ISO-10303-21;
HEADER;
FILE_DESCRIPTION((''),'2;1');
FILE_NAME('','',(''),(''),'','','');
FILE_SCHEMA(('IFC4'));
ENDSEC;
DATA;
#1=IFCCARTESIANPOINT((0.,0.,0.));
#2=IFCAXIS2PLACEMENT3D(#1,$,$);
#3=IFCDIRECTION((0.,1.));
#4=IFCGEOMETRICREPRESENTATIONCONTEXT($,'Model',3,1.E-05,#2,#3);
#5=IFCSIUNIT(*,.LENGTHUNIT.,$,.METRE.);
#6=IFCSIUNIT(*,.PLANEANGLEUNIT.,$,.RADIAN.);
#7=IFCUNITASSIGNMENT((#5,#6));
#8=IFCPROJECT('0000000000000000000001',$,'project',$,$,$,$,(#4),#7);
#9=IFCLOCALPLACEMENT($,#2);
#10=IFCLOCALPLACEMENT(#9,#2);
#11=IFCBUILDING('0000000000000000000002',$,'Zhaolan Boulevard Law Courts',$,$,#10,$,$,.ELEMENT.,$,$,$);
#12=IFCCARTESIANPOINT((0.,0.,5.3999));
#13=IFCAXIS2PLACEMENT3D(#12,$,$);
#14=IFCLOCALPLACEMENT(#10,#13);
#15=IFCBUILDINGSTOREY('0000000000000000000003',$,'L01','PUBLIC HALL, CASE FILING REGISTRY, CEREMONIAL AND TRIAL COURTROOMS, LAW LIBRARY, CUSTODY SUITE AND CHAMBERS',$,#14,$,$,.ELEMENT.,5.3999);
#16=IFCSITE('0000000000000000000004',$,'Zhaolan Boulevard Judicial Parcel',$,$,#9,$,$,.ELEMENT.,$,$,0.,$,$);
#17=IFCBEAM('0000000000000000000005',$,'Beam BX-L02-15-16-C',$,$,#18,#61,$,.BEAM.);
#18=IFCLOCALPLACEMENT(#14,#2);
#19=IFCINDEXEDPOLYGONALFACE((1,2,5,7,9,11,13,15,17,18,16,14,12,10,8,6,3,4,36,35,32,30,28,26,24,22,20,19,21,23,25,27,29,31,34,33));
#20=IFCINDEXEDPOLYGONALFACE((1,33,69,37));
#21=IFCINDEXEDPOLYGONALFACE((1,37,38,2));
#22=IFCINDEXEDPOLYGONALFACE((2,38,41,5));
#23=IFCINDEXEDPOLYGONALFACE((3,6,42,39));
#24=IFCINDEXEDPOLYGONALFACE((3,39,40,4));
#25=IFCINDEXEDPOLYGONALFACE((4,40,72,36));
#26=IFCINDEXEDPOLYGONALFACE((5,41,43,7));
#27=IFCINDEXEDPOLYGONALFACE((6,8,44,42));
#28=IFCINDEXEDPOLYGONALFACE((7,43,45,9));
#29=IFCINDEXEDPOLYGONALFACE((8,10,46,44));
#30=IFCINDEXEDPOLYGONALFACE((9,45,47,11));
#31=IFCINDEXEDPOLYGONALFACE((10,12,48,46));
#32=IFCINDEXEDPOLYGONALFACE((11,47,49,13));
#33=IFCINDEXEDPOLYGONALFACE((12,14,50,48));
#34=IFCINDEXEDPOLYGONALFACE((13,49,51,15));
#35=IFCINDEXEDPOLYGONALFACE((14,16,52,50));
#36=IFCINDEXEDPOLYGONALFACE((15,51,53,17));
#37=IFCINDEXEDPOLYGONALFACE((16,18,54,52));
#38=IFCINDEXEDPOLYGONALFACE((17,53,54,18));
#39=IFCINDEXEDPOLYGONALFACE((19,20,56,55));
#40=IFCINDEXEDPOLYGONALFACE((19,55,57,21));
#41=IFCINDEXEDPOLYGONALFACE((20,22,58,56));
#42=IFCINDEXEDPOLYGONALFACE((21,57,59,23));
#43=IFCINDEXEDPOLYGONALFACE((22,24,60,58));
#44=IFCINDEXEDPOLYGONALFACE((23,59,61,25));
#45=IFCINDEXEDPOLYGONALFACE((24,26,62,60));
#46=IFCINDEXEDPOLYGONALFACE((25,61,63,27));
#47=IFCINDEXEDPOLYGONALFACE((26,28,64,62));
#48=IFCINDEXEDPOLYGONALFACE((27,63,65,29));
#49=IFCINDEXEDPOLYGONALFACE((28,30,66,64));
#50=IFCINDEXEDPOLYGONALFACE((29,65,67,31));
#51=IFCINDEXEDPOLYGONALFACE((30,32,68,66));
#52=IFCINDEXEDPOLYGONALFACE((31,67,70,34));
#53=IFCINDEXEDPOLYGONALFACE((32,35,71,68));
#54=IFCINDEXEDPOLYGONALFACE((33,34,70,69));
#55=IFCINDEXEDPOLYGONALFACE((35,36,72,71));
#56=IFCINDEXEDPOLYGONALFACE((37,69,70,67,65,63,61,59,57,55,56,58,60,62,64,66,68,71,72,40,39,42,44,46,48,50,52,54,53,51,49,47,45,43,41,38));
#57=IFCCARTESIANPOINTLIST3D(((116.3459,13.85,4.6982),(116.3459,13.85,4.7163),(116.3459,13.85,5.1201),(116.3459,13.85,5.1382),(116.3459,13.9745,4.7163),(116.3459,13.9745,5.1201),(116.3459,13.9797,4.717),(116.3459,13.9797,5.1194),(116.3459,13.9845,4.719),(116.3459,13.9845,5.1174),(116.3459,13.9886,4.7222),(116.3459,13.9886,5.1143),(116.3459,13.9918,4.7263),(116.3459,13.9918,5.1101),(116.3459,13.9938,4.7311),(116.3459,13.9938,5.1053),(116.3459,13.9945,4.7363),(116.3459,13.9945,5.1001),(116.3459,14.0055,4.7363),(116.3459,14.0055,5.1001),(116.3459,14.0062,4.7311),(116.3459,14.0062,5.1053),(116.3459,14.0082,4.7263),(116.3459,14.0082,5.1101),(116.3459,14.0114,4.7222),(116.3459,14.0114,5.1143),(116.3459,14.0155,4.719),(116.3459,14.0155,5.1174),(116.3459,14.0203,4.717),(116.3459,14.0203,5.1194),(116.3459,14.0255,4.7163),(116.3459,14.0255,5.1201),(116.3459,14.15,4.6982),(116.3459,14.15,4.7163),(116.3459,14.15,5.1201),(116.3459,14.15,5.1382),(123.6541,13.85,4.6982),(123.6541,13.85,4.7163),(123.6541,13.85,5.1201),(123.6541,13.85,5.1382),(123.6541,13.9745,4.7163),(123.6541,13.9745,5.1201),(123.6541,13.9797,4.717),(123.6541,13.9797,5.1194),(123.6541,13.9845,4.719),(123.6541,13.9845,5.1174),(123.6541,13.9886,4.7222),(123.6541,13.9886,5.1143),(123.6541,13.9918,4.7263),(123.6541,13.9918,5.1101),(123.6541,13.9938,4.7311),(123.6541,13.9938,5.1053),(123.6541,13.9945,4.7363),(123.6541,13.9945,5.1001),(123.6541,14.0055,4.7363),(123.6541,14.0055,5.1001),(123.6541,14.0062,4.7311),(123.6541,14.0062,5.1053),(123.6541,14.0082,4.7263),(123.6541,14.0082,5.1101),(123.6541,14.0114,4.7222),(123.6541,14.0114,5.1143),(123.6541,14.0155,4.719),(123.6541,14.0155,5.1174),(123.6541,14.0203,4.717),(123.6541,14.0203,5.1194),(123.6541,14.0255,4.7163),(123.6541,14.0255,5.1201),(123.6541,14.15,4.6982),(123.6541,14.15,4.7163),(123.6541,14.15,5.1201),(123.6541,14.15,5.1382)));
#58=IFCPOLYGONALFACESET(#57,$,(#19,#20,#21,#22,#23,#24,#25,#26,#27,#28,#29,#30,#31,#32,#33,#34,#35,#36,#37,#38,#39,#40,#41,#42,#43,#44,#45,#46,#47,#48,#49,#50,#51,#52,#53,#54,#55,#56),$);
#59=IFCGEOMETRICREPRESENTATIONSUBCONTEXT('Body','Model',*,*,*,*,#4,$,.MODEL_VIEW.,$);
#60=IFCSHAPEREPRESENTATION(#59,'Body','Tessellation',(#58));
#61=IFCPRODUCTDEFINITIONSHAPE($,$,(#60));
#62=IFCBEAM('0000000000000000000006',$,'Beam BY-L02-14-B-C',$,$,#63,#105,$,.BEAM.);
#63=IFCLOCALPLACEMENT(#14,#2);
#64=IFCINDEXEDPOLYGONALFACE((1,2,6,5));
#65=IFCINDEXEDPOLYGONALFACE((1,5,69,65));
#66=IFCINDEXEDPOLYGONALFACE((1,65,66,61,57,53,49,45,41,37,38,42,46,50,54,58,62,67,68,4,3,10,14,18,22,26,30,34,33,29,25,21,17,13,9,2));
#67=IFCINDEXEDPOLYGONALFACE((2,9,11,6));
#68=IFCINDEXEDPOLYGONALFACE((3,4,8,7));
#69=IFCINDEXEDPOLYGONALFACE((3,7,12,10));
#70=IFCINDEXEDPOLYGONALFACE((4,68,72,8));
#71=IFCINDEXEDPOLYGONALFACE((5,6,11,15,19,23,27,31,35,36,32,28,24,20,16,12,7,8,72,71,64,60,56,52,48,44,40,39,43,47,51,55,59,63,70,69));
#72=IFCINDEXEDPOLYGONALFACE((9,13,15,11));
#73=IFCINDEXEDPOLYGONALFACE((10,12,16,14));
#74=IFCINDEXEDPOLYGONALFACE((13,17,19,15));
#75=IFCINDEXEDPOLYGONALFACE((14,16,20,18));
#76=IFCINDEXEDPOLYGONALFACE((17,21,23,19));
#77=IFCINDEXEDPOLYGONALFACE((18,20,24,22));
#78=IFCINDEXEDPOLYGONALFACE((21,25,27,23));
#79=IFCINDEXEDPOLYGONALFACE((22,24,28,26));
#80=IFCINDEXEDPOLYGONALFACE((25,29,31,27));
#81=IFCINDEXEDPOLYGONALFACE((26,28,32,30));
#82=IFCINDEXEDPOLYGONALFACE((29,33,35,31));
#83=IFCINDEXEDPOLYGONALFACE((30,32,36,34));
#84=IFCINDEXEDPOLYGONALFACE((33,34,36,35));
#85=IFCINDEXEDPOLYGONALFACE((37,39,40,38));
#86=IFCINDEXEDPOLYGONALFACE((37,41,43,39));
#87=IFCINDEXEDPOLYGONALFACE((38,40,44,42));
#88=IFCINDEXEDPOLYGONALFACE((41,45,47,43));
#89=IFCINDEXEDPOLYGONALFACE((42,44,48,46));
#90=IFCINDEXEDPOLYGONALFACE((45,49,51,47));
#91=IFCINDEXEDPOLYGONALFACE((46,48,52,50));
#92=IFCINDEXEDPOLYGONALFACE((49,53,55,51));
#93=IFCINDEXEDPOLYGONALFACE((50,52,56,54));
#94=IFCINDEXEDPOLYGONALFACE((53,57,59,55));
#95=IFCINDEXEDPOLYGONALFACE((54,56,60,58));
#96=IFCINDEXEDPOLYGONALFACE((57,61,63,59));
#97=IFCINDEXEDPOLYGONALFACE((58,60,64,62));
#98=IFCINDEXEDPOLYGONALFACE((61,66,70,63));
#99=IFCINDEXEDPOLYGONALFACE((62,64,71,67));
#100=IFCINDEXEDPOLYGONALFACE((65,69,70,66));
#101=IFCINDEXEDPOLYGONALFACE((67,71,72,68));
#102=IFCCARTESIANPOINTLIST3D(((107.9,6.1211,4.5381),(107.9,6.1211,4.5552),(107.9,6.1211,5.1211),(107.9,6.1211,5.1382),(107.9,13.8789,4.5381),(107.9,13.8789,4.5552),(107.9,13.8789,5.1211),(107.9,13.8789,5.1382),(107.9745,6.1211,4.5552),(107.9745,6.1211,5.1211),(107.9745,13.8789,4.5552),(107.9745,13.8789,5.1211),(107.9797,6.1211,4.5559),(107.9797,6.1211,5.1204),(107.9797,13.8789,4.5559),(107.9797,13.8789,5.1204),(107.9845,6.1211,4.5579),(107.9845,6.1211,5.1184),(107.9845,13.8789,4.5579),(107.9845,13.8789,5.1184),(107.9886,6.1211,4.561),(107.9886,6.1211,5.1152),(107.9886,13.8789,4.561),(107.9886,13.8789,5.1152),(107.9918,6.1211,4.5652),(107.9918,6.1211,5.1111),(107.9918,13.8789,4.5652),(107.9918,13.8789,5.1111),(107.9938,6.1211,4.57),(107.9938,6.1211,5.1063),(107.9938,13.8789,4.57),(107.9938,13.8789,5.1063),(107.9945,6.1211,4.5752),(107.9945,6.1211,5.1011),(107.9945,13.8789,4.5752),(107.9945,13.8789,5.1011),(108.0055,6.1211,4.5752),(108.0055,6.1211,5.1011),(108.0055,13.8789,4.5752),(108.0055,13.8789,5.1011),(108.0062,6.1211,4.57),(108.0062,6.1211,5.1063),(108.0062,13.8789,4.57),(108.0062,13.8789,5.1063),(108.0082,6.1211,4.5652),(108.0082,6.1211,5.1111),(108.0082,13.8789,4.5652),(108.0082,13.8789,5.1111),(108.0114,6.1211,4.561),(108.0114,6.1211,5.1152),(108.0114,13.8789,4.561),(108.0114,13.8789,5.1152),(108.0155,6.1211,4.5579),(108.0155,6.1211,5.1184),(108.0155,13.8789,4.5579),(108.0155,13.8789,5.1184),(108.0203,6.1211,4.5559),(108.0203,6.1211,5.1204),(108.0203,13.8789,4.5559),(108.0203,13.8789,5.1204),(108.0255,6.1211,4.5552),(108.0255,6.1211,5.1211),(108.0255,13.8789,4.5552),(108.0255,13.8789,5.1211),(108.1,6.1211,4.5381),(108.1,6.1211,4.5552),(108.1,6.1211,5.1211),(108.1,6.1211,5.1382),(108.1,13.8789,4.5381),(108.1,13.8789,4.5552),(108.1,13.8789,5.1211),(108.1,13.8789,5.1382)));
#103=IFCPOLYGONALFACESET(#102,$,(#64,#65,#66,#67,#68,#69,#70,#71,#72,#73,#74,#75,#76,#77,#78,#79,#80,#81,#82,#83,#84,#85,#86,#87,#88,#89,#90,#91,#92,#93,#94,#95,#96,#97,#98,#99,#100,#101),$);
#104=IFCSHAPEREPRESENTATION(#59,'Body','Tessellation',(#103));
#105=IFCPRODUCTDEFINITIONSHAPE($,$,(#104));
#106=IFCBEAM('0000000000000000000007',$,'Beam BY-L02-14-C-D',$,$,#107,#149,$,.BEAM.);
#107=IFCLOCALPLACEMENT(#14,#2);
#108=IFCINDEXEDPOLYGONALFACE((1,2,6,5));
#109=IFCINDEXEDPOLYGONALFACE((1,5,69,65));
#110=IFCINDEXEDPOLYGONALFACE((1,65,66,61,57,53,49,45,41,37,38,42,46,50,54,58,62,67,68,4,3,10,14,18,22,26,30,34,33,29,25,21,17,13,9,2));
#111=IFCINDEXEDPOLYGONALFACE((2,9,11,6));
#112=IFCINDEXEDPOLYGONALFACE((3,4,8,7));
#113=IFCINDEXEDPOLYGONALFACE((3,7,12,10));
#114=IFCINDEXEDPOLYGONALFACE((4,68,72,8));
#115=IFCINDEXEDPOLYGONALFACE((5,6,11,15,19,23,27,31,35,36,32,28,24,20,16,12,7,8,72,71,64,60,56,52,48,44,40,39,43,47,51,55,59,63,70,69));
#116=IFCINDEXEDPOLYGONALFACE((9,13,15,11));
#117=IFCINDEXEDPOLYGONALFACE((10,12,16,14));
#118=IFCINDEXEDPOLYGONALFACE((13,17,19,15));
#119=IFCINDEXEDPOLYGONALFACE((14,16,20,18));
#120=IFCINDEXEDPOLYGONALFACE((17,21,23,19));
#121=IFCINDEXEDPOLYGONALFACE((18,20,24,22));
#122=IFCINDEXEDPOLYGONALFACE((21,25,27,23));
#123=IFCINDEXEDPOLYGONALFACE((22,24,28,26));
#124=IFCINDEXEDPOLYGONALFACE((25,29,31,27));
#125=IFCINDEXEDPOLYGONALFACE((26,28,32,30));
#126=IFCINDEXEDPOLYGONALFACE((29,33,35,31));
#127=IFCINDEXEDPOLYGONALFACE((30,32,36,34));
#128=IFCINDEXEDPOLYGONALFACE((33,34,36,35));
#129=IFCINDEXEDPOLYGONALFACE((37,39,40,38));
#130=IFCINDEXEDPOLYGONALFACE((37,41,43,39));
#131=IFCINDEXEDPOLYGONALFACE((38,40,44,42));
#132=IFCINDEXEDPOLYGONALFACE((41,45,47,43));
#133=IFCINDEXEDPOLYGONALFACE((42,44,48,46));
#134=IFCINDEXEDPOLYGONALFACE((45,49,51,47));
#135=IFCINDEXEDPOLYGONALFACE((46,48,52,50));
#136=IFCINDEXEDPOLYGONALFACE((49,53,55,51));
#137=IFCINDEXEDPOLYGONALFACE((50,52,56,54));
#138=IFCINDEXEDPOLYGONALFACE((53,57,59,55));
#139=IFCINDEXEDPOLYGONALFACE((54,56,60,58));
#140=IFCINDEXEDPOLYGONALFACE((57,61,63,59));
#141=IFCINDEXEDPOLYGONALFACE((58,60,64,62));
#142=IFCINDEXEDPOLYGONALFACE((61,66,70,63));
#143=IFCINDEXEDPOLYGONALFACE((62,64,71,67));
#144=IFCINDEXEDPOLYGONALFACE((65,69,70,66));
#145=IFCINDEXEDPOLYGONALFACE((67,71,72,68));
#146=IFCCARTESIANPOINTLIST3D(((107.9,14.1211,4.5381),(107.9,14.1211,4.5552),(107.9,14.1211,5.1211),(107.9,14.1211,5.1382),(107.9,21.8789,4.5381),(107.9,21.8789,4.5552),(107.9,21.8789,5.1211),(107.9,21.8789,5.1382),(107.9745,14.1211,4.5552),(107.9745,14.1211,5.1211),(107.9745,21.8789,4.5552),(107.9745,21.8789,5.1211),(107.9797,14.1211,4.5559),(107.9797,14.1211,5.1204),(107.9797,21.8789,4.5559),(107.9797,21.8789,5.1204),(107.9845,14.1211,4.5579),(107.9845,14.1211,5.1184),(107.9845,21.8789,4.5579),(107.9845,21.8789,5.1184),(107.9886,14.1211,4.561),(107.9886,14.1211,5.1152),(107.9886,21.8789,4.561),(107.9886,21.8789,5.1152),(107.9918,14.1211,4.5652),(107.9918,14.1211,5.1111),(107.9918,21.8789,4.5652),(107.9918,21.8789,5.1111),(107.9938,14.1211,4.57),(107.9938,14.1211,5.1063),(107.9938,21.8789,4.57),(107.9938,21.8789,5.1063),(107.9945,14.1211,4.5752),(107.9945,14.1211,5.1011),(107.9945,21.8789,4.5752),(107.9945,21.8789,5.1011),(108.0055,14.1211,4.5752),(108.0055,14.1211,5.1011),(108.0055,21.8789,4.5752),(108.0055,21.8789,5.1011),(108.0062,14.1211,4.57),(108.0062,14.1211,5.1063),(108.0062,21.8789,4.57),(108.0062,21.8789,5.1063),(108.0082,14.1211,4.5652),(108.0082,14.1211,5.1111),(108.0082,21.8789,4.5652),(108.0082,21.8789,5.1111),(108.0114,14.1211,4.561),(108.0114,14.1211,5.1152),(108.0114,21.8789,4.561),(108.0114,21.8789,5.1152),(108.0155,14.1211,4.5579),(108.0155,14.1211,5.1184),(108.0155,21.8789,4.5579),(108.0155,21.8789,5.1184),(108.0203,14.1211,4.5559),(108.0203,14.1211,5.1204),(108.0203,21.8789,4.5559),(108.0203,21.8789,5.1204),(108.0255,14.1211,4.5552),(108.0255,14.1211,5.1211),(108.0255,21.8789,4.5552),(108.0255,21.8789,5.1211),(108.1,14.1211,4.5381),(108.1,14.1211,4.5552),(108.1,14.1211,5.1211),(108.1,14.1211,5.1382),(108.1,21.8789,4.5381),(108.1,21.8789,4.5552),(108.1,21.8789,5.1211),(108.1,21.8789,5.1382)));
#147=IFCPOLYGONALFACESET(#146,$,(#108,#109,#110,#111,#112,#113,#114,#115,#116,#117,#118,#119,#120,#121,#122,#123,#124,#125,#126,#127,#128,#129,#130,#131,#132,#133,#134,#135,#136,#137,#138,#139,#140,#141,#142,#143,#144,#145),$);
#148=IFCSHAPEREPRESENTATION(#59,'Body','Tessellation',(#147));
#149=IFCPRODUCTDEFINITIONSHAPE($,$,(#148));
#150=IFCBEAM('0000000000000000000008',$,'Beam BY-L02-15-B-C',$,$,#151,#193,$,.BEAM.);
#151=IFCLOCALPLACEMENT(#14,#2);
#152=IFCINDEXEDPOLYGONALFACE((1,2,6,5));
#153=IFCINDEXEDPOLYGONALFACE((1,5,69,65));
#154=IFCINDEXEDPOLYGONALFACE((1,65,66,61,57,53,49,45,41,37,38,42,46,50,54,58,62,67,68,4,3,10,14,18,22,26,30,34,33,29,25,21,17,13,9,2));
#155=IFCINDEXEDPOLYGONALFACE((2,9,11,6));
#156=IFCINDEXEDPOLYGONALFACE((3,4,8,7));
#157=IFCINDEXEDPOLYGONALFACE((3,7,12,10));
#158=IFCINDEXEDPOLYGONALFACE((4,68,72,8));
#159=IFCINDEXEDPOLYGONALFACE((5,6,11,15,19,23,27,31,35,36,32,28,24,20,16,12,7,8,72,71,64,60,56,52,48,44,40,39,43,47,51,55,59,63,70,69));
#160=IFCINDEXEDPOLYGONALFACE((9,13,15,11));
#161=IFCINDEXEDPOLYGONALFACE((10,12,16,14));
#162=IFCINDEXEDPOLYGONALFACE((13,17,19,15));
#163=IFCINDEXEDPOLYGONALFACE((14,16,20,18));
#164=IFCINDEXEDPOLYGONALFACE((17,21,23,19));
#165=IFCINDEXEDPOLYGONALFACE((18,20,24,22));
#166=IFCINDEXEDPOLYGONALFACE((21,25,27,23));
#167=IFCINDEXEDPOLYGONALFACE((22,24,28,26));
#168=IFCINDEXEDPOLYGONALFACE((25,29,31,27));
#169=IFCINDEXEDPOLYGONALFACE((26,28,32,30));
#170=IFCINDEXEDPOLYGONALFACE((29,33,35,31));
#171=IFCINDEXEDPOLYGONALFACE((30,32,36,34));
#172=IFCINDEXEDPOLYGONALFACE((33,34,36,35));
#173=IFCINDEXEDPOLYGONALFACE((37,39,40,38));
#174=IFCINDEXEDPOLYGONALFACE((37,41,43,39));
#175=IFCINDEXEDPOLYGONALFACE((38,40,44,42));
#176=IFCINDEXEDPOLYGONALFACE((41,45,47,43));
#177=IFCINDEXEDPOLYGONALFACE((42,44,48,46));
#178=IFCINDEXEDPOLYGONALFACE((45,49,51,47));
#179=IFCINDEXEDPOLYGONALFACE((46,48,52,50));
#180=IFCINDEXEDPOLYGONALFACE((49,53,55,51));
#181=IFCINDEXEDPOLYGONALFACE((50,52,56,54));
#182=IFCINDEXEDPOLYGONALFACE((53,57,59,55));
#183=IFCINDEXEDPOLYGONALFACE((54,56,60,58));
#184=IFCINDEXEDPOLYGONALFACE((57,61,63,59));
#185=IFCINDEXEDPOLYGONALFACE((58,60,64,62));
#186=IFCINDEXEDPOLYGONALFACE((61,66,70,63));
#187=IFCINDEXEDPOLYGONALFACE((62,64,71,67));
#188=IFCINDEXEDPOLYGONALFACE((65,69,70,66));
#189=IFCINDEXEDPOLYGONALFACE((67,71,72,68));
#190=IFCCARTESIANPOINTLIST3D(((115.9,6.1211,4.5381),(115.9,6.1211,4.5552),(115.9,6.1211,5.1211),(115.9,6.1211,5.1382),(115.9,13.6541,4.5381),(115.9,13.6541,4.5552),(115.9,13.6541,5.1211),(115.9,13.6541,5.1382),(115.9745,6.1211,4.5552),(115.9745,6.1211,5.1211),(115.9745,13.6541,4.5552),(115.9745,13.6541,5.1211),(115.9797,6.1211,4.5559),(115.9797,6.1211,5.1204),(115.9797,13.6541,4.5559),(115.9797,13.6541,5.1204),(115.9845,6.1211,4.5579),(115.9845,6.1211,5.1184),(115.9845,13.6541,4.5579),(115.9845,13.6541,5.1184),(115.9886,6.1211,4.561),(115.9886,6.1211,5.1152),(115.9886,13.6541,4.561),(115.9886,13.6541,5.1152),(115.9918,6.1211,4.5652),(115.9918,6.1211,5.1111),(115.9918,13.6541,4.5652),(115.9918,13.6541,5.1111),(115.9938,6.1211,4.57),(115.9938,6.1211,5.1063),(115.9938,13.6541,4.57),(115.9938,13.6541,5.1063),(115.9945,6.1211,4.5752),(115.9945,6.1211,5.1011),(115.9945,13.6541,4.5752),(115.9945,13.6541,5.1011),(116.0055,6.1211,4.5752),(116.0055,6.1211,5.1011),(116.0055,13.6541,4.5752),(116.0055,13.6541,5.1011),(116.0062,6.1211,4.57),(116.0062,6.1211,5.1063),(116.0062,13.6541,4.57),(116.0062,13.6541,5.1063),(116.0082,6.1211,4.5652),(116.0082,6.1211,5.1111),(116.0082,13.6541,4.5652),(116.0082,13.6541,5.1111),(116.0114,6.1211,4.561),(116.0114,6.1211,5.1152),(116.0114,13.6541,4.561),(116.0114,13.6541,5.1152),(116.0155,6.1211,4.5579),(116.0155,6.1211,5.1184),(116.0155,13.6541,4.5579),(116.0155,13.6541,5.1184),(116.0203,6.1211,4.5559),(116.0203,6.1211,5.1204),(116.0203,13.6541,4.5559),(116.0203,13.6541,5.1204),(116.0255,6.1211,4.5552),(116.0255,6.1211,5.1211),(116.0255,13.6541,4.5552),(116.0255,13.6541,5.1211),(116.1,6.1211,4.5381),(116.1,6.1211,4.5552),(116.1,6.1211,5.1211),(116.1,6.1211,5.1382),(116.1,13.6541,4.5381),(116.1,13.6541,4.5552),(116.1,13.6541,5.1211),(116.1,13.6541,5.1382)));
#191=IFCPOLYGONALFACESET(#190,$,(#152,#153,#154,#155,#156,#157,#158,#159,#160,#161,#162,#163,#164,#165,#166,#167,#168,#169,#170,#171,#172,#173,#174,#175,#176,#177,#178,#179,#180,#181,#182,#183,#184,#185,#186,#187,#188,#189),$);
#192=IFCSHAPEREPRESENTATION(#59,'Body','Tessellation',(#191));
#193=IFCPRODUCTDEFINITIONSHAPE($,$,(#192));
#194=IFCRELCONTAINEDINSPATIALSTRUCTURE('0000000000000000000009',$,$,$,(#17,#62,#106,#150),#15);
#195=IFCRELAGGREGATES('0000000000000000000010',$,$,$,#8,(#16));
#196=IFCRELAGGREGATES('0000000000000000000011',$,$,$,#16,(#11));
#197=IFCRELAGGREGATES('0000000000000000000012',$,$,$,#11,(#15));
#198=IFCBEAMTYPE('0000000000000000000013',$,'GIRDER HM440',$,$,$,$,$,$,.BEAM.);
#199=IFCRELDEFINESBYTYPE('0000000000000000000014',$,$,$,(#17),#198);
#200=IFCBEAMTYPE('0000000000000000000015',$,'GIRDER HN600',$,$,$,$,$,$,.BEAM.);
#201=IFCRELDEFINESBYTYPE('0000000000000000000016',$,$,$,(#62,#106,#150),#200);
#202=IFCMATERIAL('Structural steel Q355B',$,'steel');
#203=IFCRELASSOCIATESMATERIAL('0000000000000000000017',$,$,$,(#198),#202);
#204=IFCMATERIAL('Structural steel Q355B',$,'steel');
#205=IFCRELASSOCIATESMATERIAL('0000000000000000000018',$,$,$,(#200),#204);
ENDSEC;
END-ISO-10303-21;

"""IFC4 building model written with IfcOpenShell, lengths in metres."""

from ifc_helpers import new_model, si_unit, direction, frame, origin, origin_2d, place, context, subcontext, project, spatial, i_section, extrude, material, material_profile, profile_set, type_object, element, save


model = new_model("IFC4")

# Units and contexts
model_context = context("Model", 3, precision=1e-05, world=origin(), true_north=direction((0.0, 1.0)))
body_context = subcontext(model_context, "Body", "Model", "MODEL_VIEW")
ifc_project = project(units=[si_unit("LENGTHUNIT", "METRE"), si_unit("PLANEANGLEUNIT", "RADIAN")], contexts=[model_context])

# Site, building, storey
site_placement = place(None, origin())
site = spatial("IfcSite", under=ifc_project, at=site_placement, Name="Zhaolan Boulevard Judicial Parcel", CompositionType="ELEMENT", RefElevation=0.0)
building_placement = place(site_placement, origin())
building = spatial("IfcBuilding", under=site, at=building_placement, Name="Zhaolan Boulevard Law Courts", CompositionType="ELEMENT")
storey_placement = place(building_placement, frame((0.0, 0.0, 5.3999)))
storey = spatial("IfcBuildingStorey", under=building, at=storey_placement, Name="L01", Description="PUBLIC HALL, CASE FILING REGISTRY, CEREMONIAL AND TRIAL COURTROOMS, LAW LIBRARY, CUSTODY SUITE AND CHAMBERS", CompositionType="ELEMENT", Elevation=5.3999)

# Beams
ifc_material_1 = material(Name="Structural steel Q355B", Category="steel")
ifc_material_profile_1 = material_profile(ifc_material_1, i_section(OverallWidth=0.3, OverallDepth=0.4399, WebThickness=0.011, FlangeThickness=0.0181, FilletRadius=0.02, at=origin_2d()), Name="HM440x300")
ifc_profile_set_1 = profile_set([ifc_material_profile_1], Name="Structural steel Q355B")
beam_type_1 = type_object("IfcBeamType", Name="GIRDER HM440", PredefinedType="BEAM", material=ifc_profile_set_1)
beam_1_placement = place(storey_placement, frame((116.3459, 14.0, 4.9182), z_axis=(1.0, 0.0, 0.0), x_axis=(0.0, 1.0, 0.0)))
element("IfcBeam", 1, at=beam_1_placement, inside=storey, type_object=beam_type_1, Name="Beam BX-L02-15-16-C", PredefinedType="BEAM", context=body_context, shape_type="SweptSolid", body=[
    extrude(i_section(OverallWidth=0.3, OverallDepth=0.4399, WebThickness=0.011, FlangeThickness=0.0181, FilletRadius=0.02, at=origin_2d()), origin(), (0.0, 0.0, 1.0), 7.3081),
])
ifc_material_2 = material(Name="Structural steel Q355B", Category="steel")
ifc_material_profile_2 = material_profile(ifc_material_2, i_section(OverallWidth=0.2, OverallDepth=0.6001, WebThickness=0.011, FlangeThickness=0.0171, FilletRadius=0.02, at=origin_2d()), Name="HN600x200")
ifc_profile_set_2 = profile_set([ifc_material_profile_2], Name="Structural steel Q355B")
beam_type_2 = type_object("IfcBeamType", Name="GIRDER HN600", PredefinedType="BEAM", material=ifc_profile_set_2)
for number, where, z_axis, x_axis, name in (
    (2, (108.0, 6.1211, 4.8381), (0.0, 1.0, 0.0), (-1.0, 0.0, 0.0), "Beam BY-L02-14-B-C"),
    (3, (108.0, 14.1211, 4.8381), (0.0, 1.0, 0.0), (-1.0, 0.0, 0.0), "Beam BY-L02-14-C-D"),
):
    element("IfcBeam", number, at=place(storey_placement, frame(where, z_axis=z_axis, x_axis=x_axis)), inside=storey, type_object=beam_type_2, Name=name, PredefinedType="BEAM", context=body_context, shape_type="SweptSolid", body=[
        extrude(i_section(OverallWidth=0.2, OverallDepth=0.6001, WebThickness=0.011, FlangeThickness=0.0171, FilletRadius=0.02, at=origin_2d()), origin(), (0.0, 0.0, 1.0), 7.7578),
    ])
beam_2_placement = place(storey_placement, frame((116.0, 6.1211, 4.8381), z_axis=(0.0, 1.0, 0.0), x_axis=(-1.0, 0.0, 0.0)))
element("IfcBeam", 4, at=beam_2_placement, inside=storey, type_object=beam_type_2, Name="Beam BY-L02-15-B-C", PredefinedType="BEAM", context=body_context, shape_type="SweptSolid", body=[
    extrude(i_section(OverallWidth=0.2, OverallDepth=0.6001, WebThickness=0.011, FlangeThickness=0.0171, FilletRadius=0.02, at=origin_2d()), origin(), (0.0, 0.0, 1.0), 7.533),
])

save(model, "model.ifc")
